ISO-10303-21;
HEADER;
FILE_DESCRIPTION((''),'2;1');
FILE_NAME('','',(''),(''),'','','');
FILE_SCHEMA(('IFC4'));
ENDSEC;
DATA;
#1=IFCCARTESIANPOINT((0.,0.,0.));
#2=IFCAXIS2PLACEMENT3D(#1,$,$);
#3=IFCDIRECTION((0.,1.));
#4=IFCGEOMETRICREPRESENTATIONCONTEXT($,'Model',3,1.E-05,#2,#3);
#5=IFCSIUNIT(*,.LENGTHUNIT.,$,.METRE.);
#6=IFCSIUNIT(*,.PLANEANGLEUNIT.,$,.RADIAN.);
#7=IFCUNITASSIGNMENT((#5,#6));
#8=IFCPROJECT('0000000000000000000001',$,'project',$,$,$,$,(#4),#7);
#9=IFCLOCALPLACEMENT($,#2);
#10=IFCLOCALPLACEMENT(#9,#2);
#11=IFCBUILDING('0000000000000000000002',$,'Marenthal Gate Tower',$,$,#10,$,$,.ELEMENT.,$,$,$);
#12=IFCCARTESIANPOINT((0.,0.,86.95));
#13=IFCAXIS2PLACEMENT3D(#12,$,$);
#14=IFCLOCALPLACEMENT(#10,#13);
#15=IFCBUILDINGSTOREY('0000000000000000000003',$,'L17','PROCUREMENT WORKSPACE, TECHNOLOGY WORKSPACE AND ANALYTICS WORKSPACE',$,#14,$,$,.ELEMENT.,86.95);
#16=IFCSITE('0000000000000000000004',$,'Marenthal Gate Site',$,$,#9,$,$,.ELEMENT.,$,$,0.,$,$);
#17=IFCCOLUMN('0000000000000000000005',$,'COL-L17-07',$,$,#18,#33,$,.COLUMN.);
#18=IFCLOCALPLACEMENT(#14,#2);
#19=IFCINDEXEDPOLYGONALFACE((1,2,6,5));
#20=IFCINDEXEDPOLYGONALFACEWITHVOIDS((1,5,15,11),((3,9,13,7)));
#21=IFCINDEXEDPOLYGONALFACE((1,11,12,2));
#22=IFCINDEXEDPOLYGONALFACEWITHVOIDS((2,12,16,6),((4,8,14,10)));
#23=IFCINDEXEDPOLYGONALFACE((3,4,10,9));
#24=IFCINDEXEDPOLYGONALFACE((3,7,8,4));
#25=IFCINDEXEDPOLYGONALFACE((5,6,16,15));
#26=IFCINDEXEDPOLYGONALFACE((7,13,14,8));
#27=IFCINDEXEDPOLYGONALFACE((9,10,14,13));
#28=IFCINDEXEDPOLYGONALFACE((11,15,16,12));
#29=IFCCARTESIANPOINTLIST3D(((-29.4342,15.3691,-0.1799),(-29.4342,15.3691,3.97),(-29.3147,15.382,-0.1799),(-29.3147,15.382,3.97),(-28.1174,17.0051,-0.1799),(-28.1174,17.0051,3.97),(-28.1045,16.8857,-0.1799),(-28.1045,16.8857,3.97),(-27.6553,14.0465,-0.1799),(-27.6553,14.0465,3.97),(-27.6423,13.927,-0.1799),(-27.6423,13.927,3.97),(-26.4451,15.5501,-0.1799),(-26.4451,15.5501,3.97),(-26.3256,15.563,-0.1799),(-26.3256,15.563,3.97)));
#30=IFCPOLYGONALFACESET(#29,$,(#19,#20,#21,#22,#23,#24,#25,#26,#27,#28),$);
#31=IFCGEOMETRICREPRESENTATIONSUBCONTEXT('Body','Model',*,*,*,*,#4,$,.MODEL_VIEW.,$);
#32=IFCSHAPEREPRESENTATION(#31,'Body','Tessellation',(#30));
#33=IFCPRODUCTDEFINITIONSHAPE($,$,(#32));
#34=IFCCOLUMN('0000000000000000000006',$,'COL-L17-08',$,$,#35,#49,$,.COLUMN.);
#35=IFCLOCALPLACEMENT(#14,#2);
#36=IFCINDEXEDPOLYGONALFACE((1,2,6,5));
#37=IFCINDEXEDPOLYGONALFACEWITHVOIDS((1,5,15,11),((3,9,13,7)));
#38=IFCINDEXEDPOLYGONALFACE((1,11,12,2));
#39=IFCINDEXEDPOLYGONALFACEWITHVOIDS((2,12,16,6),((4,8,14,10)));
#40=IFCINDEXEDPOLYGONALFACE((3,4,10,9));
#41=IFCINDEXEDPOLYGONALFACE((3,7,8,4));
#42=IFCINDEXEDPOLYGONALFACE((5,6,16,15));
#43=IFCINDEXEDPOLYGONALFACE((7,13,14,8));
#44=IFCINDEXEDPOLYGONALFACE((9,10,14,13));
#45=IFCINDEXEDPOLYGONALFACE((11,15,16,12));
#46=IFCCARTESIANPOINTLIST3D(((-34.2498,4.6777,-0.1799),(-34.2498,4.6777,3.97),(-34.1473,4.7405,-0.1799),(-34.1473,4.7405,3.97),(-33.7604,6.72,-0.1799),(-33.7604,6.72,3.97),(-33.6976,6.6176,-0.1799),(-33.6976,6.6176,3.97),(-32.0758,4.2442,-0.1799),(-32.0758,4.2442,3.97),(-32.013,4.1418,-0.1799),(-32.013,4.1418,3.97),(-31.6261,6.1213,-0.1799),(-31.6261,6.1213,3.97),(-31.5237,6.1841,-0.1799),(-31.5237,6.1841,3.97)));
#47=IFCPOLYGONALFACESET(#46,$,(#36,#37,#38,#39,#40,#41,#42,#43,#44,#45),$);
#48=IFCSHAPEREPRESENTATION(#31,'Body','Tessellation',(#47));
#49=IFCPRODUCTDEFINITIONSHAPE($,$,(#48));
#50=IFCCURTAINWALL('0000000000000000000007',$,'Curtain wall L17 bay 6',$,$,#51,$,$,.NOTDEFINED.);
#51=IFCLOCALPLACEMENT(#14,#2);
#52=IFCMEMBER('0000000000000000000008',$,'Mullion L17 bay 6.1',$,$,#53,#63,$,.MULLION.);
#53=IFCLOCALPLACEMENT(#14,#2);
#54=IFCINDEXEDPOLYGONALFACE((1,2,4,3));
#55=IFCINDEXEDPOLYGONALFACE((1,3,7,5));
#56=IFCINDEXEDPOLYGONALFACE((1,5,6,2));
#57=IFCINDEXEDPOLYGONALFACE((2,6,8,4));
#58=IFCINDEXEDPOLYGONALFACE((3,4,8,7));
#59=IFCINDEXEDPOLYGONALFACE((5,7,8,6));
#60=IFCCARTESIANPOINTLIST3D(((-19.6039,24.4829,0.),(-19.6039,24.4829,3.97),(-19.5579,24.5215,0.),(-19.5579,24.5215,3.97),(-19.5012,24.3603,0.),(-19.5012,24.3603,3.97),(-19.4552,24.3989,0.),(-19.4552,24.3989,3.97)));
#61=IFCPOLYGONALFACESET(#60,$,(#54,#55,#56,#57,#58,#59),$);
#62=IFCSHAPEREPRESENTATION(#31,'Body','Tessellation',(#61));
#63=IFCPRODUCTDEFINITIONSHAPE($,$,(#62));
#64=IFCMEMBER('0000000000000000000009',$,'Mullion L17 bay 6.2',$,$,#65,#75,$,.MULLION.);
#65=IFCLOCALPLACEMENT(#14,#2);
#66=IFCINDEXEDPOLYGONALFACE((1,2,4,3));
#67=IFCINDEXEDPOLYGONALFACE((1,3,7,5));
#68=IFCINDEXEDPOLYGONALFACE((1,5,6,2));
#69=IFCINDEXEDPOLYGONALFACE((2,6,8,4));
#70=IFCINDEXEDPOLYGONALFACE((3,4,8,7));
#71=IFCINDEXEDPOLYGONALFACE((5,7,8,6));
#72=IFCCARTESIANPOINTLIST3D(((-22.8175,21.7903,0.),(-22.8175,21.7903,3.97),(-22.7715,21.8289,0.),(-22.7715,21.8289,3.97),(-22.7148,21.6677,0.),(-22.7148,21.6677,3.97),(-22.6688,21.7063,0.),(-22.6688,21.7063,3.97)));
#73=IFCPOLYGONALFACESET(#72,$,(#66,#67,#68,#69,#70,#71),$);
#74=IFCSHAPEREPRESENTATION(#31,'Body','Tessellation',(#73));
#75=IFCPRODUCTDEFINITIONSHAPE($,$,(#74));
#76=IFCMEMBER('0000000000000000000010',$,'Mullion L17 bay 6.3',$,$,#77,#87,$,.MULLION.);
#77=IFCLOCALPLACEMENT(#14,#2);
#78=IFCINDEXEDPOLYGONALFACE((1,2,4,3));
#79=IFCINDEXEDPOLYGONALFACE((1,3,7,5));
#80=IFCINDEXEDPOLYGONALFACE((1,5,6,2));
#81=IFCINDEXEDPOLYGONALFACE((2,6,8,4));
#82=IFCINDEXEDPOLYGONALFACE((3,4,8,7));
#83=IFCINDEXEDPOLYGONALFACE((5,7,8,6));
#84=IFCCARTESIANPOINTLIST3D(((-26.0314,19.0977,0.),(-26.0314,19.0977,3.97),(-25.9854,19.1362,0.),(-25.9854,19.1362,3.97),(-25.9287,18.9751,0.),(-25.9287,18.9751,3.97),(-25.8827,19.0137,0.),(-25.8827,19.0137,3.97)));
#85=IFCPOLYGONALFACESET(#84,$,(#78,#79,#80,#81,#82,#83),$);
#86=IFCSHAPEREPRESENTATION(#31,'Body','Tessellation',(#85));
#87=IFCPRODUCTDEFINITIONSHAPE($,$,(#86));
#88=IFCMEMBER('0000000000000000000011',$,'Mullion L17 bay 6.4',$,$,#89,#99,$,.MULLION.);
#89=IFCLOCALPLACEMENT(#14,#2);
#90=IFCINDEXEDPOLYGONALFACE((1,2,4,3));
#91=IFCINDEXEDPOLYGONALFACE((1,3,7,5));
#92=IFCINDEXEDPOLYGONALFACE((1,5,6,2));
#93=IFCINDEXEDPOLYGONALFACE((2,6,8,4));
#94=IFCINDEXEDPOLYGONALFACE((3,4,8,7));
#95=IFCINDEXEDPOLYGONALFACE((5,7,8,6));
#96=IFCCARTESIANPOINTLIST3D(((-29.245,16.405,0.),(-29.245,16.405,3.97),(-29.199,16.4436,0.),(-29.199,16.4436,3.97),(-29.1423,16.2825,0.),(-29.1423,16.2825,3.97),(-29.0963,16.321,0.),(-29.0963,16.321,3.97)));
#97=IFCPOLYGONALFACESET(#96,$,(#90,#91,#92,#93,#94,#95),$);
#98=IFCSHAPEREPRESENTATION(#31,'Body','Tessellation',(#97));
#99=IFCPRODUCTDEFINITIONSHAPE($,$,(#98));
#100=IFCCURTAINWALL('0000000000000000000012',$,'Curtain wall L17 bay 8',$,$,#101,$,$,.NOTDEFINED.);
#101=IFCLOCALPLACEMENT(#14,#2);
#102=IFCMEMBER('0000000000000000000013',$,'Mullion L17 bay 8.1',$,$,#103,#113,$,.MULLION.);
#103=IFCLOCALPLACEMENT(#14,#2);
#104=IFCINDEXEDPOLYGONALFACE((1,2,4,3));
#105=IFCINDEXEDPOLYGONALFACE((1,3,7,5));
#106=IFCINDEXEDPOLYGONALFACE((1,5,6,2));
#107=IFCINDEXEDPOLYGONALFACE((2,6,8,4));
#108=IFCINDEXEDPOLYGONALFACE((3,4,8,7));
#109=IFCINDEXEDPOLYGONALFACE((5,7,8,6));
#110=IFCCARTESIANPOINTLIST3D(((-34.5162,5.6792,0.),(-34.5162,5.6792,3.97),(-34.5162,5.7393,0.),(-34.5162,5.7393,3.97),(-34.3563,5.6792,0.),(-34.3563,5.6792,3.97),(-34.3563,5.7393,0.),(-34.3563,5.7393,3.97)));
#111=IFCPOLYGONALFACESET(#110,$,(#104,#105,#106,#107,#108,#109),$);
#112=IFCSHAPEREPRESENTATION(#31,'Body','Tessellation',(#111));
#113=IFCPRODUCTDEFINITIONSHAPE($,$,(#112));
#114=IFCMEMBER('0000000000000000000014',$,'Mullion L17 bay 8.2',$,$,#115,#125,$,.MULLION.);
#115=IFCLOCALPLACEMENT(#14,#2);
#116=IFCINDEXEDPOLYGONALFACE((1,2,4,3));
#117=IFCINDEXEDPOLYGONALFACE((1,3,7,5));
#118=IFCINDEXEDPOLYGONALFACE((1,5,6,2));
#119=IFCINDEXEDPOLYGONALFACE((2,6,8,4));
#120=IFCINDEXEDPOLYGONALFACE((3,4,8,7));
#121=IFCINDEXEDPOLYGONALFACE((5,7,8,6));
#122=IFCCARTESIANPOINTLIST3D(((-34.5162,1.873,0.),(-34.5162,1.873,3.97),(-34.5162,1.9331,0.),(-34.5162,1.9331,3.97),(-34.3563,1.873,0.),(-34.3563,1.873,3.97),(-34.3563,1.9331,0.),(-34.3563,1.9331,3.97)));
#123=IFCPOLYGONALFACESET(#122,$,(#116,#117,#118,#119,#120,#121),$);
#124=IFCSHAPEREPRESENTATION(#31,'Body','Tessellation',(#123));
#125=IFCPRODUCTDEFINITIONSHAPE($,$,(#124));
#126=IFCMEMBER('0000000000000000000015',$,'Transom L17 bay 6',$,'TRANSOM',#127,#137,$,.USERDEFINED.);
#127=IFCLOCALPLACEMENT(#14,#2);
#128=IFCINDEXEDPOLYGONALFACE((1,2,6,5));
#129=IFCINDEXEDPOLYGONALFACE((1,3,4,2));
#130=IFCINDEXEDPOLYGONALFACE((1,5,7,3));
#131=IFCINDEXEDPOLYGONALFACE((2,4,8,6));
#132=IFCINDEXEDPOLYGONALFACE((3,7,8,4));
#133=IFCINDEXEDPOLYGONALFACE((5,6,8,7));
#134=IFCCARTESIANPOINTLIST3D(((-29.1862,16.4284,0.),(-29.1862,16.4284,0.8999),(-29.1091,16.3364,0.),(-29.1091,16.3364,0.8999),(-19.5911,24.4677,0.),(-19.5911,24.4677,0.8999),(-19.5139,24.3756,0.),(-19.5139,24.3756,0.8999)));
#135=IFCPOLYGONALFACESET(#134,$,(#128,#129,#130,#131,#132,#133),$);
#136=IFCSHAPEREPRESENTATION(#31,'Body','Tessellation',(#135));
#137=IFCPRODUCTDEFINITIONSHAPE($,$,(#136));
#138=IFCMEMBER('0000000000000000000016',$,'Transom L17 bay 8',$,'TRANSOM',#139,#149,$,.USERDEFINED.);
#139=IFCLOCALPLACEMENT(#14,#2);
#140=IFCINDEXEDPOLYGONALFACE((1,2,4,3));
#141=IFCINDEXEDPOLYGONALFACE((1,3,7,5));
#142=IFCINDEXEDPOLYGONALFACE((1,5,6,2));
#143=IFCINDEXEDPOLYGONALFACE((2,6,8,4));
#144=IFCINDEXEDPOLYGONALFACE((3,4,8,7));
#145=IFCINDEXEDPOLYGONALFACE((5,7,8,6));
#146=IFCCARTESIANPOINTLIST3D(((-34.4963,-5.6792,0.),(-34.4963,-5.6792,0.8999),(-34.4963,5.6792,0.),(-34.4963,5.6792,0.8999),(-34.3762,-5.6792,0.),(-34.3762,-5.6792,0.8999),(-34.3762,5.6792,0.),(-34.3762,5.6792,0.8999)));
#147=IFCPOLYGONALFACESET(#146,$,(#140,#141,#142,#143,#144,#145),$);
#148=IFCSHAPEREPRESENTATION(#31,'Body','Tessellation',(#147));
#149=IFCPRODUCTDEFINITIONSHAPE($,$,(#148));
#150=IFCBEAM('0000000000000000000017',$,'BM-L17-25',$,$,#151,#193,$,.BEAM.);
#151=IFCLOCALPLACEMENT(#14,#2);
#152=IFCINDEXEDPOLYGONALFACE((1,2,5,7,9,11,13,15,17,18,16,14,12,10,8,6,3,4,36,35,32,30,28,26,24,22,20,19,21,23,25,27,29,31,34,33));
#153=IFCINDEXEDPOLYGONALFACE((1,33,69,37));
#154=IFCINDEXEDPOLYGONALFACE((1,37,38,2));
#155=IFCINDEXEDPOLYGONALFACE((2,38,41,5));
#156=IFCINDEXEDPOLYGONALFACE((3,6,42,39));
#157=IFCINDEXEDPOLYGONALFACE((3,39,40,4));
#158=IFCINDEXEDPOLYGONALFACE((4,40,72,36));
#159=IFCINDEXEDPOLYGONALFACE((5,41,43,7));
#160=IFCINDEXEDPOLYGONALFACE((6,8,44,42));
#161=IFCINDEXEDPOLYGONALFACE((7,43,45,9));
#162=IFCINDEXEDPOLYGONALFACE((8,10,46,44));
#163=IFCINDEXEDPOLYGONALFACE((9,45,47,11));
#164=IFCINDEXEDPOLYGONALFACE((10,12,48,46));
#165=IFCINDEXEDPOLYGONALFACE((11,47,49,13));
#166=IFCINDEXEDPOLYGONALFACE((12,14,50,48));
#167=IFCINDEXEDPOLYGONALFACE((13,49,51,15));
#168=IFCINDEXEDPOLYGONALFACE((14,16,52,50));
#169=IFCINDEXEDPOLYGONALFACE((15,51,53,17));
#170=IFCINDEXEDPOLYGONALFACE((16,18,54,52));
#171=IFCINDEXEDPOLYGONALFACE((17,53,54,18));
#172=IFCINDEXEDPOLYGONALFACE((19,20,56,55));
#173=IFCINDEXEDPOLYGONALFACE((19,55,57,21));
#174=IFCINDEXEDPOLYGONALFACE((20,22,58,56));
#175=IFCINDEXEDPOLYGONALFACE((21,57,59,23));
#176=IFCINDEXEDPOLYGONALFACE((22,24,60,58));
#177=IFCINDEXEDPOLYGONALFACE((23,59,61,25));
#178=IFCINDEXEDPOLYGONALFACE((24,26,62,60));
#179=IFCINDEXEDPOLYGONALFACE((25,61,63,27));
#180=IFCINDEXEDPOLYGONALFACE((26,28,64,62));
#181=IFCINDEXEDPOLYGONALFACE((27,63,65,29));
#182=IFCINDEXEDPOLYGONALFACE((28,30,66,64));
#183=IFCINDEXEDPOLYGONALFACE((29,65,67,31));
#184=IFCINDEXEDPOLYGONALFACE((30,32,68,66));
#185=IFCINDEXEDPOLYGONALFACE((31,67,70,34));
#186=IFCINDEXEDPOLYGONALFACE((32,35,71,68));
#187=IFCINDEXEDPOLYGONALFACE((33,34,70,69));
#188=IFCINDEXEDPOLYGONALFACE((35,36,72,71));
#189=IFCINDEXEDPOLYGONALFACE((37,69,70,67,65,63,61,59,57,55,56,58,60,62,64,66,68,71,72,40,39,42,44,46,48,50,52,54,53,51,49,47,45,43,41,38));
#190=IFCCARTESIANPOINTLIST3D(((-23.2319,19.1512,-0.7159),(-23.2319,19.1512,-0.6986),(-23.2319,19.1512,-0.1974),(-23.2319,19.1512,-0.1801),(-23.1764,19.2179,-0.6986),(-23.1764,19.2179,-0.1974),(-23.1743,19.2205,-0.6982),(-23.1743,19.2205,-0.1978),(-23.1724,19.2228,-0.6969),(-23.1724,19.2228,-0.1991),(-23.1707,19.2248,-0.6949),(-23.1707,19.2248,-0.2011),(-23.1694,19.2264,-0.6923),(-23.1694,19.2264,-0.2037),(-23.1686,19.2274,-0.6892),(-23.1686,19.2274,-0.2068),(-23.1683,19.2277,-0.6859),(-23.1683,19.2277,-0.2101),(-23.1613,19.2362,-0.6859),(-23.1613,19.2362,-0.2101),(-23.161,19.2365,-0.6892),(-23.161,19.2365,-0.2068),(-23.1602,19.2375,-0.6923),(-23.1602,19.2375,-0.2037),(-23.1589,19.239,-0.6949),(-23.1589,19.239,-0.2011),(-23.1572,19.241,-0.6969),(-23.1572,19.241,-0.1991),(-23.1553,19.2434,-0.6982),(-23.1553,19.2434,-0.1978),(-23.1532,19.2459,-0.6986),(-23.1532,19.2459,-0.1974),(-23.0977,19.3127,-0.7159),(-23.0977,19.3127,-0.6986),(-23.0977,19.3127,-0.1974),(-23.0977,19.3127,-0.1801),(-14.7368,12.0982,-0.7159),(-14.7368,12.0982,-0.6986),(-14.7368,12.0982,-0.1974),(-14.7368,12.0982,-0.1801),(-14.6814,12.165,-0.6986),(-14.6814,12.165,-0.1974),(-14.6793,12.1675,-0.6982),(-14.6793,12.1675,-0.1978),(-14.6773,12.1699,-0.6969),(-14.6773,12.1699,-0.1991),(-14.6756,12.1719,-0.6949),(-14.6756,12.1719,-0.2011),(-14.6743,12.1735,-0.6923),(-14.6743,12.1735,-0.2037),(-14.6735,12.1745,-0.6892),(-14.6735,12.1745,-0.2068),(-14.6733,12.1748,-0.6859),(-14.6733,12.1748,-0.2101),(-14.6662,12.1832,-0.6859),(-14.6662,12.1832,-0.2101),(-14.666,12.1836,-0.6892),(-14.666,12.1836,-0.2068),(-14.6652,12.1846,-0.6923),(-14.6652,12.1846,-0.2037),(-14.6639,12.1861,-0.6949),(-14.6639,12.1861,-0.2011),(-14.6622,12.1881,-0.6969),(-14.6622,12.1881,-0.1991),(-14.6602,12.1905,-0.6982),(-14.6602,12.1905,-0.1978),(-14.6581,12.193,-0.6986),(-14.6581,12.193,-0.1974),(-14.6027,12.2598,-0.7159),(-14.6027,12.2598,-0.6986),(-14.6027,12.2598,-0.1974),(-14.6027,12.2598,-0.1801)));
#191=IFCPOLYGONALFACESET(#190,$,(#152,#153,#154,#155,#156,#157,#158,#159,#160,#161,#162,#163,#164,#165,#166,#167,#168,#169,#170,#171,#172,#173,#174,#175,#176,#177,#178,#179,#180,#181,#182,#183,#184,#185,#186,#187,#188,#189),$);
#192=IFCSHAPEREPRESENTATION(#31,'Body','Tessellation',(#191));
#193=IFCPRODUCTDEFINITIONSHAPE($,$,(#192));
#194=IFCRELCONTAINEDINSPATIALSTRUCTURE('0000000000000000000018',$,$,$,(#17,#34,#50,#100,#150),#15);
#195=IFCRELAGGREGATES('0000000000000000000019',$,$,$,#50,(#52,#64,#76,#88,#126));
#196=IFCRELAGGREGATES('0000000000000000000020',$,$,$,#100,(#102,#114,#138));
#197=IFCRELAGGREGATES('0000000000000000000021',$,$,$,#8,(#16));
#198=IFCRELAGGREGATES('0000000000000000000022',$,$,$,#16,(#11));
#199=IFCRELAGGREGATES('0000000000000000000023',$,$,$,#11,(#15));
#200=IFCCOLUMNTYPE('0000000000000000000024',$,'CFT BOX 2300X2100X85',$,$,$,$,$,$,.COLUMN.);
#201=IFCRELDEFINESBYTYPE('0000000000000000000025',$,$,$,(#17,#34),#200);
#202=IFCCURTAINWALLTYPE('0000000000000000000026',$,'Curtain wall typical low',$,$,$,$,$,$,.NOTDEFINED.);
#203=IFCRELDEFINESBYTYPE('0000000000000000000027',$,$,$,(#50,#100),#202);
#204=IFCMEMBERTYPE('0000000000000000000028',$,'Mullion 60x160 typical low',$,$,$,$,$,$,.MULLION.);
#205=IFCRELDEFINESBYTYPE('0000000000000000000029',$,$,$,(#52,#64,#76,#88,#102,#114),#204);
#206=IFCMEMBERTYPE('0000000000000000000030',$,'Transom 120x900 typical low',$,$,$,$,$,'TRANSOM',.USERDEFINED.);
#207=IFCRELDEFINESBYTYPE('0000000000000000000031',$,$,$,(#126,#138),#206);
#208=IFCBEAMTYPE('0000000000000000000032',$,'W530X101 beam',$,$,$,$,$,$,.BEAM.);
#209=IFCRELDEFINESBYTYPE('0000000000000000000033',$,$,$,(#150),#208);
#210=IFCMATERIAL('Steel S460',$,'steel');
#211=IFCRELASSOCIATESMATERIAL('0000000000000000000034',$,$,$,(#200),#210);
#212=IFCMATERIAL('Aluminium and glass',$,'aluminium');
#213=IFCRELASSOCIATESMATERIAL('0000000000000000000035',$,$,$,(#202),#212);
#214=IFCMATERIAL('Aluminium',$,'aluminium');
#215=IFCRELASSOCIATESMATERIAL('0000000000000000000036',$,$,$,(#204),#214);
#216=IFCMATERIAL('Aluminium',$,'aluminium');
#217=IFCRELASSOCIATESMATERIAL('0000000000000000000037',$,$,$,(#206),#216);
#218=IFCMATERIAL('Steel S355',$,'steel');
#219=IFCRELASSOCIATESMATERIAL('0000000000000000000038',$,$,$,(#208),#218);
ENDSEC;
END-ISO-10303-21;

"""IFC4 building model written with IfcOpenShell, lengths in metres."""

from ifc_helpers import new_model, si_unit, direction, frame, origin, origin_2d, place, context, subcontext, project, spatial, rectangle, hollow_rectangle, i_section, extrude, material, material_profile, profile_set, type_object, element, aggregate, save


model = new_model("IFC4")

# Units and contexts
model_context = context("Model", 3, precision=1e-05, world=origin(), true_north=direction((0.0, 1.0)))
body_context = subcontext(model_context, "Body", "Model", "MODEL_VIEW")
ifc_project = project(units=[si_unit("LENGTHUNIT", "METRE"), si_unit("PLANEANGLEUNIT", "RADIAN")], contexts=[model_context])

# Site, building, storey
site_placement = place(None, origin())
site = spatial("IfcSite", under=ifc_project, at=site_placement, Name="Marenthal Gate Site", CompositionType="ELEMENT", RefElevation=0.0)
building_placement = place(site_placement, origin())
building = spatial("IfcBuilding", under=site, at=building_placement, Name="Marenthal Gate Tower", CompositionType="ELEMENT")
storey_placement = place(building_placement, frame((0.0, 0.0, 86.95)))
storey = spatial("IfcBuildingStorey", under=building, at=storey_placement, Name="L17", Description="PROCUREMENT WORKSPACE, TECHNOLOGY WORKSPACE AND ANALYTICS WORKSPACE", CompositionType="ELEMENT", Elevation=86.95)

# Columns
ifc_material_1 = material(Name="Steel S460", Category="steel")
ifc_material_profile_1 = material_profile(ifc_material_1, hollow_rectangle(XDim=2.1001, YDim=2.3, WallThickness=0.085, at=origin_2d()), Name="CFT BOX 2300X2100X85")
ifc_material_2 = material(Name="Concrete 70 MPa", Category="concrete")
ifc_material_profile_2 = material_profile(ifc_material_2, rectangle(XDim=1.9299, YDim=2.1299, at=origin_2d()), Name="CFT BOX 2300X2100X85 INFILL")
ifc_profile_set_1 = profile_set([ifc_material_profile_1, ifc_material_profile_2], Name="Steel S460 shell, Concrete 70 MPa infill")
column_type = type_object("IfcColumnType", Name="CFT BOX 2300X2100X85", PredefinedType="COLUMN", material=ifc_profile_set_1)
for number, where, z_axis, x_axis, name in (
    (1, (-27.8799, 15.4661, -0.1799), (0.0, 0.0, 1.0), (0.626985, 0.779032, 0.0), "COL-L17-07"),
    (2, (-32.8867, 5.4309, -0.1799), (0.0, 0.0, 1.0), (0.232997, 0.972477, 0.0), "COL-L17-08"),
):
    element("IfcColumn", number, at=place(storey_placement, frame(where, z_axis=z_axis, x_axis=x_axis)), inside=storey, type_object=column_type, Name=name, PredefinedType="COLUMN", context=body_context, shape_type="SweptSolid", body=[
        extrude(hollow_rectangle(XDim=2.1001, YDim=2.3, WallThickness=0.085, at=origin_2d()), origin(), (0.0, 0.0, 1.0), 4.1499),
    ])

# Curtain walls, members
ifc_material_3 = material(Name="Aluminium and glass", Category="aluminium")
curtain_wall_type = type_object("IfcCurtainWallType", Name="Curtain wall typical low", PredefinedType="NOTDEFINED", material=ifc_material_3)
curtain_wall_1_placement = place(storey_placement, origin())
curtain_wall_1 = element("IfcCurtainWall", 3, at=curtain_wall_1_placement, inside=storey, type_object=curtain_wall_type, Name="Curtain wall L17 bay 6", PredefinedType="NOTDEFINED")
ifc_material_4 = material(Name="Aluminium", Category="aluminium")
ifc_material_profile_3 = material_profile(ifc_material_4, rectangle(XDim=0.1599, YDim=0.0601, at=origin_2d()), Name="60x160 aluminium mullion")
ifc_profile_set_2 = profile_set([ifc_material_profile_3], Name="Aluminium")
member_type_1 = type_object("IfcMemberType", Name="Mullion 60x160 typical low", PredefinedType="MULLION", material=ifc_profile_set_2)
member_1_placement = place(storey_placement, frame((-19.5295, 24.4409, 0.0), z_axis=(0.0, 0.0, 1.0), x_axis=(0.642228, -0.766513, 0.0)))
member_1 = element("IfcMember", 4, at=member_1_placement, type_object=member_type_1, Name="Mullion L17 bay 6.1", PredefinedType="MULLION", context=body_context, shape_type="SweptSolid", body=[
    extrude(rectangle(XDim=0.1599, YDim=0.0601, at=origin_2d()), origin(), (0.0, 0.0, 1.0), 3.97),
])
member_2_placement = place(storey_placement, frame((-22.7432, 21.7483, 0.0), z_axis=(0.0, 0.0, 1.0), x_axis=(0.642228, -0.766513, 0.0)))
member_2 = element("IfcMember", 5, at=member_2_placement, type_object=member_type_1, Name="Mullion L17 bay 6.2", PredefinedType="MULLION", context=body_context, shape_type="SweptSolid", body=[
    extrude(rectangle(XDim=0.1599, YDim=0.0601, at=origin_2d()), origin(), (0.0, 0.0, 1.0), 3.97),
])
member_3_placement = place(storey_placement, frame((-25.957, 19.0557, 0.0), z_axis=(0.0, 0.0, 1.0), x_axis=(0.642228, -0.766513, 0.0)))
member_3 = element("IfcMember", 6, at=member_3_placement, type_object=member_type_1, Name="Mullion L17 bay 6.3", PredefinedType="MULLION", context=body_context, shape_type="SweptSolid", body=[
    extrude(rectangle(XDim=0.1599, YDim=0.0601, at=origin_2d()), origin(), (0.0, 0.0, 1.0), 3.97),
])
member_4_placement = place(storey_placement, frame((-29.1707, 16.363, 0.0), z_axis=(0.0, 0.0, 1.0), x_axis=(0.642228, -0.766513, 0.0)))
member_4 = element("IfcMember", 7, at=member_4_placement, type_object=member_type_1, Name="Mullion L17 bay 6.4", PredefinedType="MULLION", context=body_context, shape_type="SweptSolid", body=[
    extrude(rectangle(XDim=0.1599, YDim=0.0601, at=origin_2d()), origin(), (0.0, 0.0, 1.0), 3.97),
])
curtain_wall_2_placement = place(storey_placement, origin())
curtain_wall_2 = element("IfcCurtainWall", 8, at=curtain_wall_2_placement, inside=storey, type_object=curtain_wall_type, Name="Curtain wall L17 bay 8", PredefinedType="NOTDEFINED")
member_5_placement = place(storey_placement, frame((-34.4363, 5.7092, 0.0), z_axis=(0.0, 0.0, 1.0), x_axis=(1.0, 0.0, 0.0)))
member_5 = element("IfcMember", 9, at=member_5_placement, type_object=member_type_1, Name="Mullion L17 bay 8.1", PredefinedType="MULLION", context=body_context, shape_type="SweptSolid", body=[
    extrude(rectangle(XDim=0.1599, YDim=0.0601, at=origin_2d()), origin(), (0.0, 0.0, 1.0), 3.97),
])
member_6_placement = place(storey_placement, frame((-34.4363, 1.9031, 0.0), z_axis=(0.0, 0.0, 1.0), x_axis=(1.0, 0.0, 0.0)))
member_6 = element("IfcMember", 10, at=member_6_placement, type_object=member_type_1, Name="Mullion L17 bay 8.2", PredefinedType="MULLION", context=body_context, shape_type="SweptSolid", body=[
    extrude(rectangle(XDim=0.1599, YDim=0.0601, at=origin_2d()), origin(), (0.0, 0.0, 1.0), 3.97),
])

# Members
ifc_material_5 = material(Name="Aluminium", Category="aluminium")
ifc_material_profile_4 = material_profile(ifc_material_5, rectangle(XDim=0.1201, YDim=0.8999, at=origin_2d()), Name="120x900 aluminium transom")
ifc_profile_set_3 = profile_set([ifc_material_profile_4], Name="Aluminium")
member_type_2 = type_object("IfcMemberType", Name="Transom 120x900 typical low", ElementType="TRANSOM", PredefinedType="USERDEFINED", material=ifc_profile_set_3)
member_7_placement = place(storey_placement, frame((-19.5525, 24.4216, 0.45), z_axis=(-0.766518, -0.642223, 0.0), x_axis=(0.642223, -0.766518, 0.0)))
member_7 = element("IfcMember", 11, at=member_7_placement, type_object=member_type_2, Name="Transom L17 bay 6", ObjectType="TRANSOM", PredefinedType="USERDEFINED", context=body_context, shape_type="SweptSolid", body=[
    extrude(rectangle(XDim=0.1201, YDim=0.8999, at=origin_2d()), origin(), (0.0, 0.0, 1.0), 12.5178),
])
member_8_placement = place(storey_placement, frame((-34.4363, 5.6792, 0.45), z_axis=(0.0, -1.0, 0.0), x_axis=(1.0, 0.0, 0.0)))
member_8 = element("IfcMember", 12, at=member_8_placement, type_object=member_type_2, Name="Transom L17 bay 8", ObjectType="TRANSOM", PredefinedType="USERDEFINED", context=body_context, shape_type="SweptSolid", body=[
    extrude(rectangle(XDim=0.1201, YDim=0.8999, at=origin_2d()), origin(), (0.0, 0.0, 1.0), 11.3584),
])

# Beam
ifc_material_6 = material(Name="Steel S355", Category="steel")
ifc_material_profile_5 = material_profile(ifc_material_6, i_section(OverallWidth=0.21, OverallDepth=0.5359, WebThickness=0.011, FlangeThickness=0.0173, FilletRadius=0.0127, at=origin_2d()), Name="W530X101")
ifc_profile_set_4 = profile_set([ifc_material_profile_5], Name="Steel S355")
beam_type_1 = type_object("IfcBeamType", Name="W530X101 beam", PredefinedType="BEAM", material=ifc_profile_set_4)
beam_1_placement = place(storey_placement, frame((-23.1648, 19.2319, -0.448), z_axis=(0.769391, -0.638778, 0.0), x_axis=(0.638778, 0.769391, 0.0)))
element("IfcBeam", 13, at=beam_1_placement, inside=storey, type_object=beam_type_1, Name="BM-L17-25", PredefinedType="BEAM", context=body_context, shape_type="SweptSolid", body=[
    extrude(i_section(OverallWidth=0.21, OverallDepth=0.5359, WebThickness=0.011, FlangeThickness=0.0173, FilletRadius=0.0127, at=origin_2d()), origin(), (0.0, 0.0, 1.0), 11.0413),
])

aggregate(curtain_wall_1, [member_1, member_2, member_3, member_4, member_7])
aggregate(curtain_wall_2, [member_5, member_6, member_8])

save(model, "model.ifc")
